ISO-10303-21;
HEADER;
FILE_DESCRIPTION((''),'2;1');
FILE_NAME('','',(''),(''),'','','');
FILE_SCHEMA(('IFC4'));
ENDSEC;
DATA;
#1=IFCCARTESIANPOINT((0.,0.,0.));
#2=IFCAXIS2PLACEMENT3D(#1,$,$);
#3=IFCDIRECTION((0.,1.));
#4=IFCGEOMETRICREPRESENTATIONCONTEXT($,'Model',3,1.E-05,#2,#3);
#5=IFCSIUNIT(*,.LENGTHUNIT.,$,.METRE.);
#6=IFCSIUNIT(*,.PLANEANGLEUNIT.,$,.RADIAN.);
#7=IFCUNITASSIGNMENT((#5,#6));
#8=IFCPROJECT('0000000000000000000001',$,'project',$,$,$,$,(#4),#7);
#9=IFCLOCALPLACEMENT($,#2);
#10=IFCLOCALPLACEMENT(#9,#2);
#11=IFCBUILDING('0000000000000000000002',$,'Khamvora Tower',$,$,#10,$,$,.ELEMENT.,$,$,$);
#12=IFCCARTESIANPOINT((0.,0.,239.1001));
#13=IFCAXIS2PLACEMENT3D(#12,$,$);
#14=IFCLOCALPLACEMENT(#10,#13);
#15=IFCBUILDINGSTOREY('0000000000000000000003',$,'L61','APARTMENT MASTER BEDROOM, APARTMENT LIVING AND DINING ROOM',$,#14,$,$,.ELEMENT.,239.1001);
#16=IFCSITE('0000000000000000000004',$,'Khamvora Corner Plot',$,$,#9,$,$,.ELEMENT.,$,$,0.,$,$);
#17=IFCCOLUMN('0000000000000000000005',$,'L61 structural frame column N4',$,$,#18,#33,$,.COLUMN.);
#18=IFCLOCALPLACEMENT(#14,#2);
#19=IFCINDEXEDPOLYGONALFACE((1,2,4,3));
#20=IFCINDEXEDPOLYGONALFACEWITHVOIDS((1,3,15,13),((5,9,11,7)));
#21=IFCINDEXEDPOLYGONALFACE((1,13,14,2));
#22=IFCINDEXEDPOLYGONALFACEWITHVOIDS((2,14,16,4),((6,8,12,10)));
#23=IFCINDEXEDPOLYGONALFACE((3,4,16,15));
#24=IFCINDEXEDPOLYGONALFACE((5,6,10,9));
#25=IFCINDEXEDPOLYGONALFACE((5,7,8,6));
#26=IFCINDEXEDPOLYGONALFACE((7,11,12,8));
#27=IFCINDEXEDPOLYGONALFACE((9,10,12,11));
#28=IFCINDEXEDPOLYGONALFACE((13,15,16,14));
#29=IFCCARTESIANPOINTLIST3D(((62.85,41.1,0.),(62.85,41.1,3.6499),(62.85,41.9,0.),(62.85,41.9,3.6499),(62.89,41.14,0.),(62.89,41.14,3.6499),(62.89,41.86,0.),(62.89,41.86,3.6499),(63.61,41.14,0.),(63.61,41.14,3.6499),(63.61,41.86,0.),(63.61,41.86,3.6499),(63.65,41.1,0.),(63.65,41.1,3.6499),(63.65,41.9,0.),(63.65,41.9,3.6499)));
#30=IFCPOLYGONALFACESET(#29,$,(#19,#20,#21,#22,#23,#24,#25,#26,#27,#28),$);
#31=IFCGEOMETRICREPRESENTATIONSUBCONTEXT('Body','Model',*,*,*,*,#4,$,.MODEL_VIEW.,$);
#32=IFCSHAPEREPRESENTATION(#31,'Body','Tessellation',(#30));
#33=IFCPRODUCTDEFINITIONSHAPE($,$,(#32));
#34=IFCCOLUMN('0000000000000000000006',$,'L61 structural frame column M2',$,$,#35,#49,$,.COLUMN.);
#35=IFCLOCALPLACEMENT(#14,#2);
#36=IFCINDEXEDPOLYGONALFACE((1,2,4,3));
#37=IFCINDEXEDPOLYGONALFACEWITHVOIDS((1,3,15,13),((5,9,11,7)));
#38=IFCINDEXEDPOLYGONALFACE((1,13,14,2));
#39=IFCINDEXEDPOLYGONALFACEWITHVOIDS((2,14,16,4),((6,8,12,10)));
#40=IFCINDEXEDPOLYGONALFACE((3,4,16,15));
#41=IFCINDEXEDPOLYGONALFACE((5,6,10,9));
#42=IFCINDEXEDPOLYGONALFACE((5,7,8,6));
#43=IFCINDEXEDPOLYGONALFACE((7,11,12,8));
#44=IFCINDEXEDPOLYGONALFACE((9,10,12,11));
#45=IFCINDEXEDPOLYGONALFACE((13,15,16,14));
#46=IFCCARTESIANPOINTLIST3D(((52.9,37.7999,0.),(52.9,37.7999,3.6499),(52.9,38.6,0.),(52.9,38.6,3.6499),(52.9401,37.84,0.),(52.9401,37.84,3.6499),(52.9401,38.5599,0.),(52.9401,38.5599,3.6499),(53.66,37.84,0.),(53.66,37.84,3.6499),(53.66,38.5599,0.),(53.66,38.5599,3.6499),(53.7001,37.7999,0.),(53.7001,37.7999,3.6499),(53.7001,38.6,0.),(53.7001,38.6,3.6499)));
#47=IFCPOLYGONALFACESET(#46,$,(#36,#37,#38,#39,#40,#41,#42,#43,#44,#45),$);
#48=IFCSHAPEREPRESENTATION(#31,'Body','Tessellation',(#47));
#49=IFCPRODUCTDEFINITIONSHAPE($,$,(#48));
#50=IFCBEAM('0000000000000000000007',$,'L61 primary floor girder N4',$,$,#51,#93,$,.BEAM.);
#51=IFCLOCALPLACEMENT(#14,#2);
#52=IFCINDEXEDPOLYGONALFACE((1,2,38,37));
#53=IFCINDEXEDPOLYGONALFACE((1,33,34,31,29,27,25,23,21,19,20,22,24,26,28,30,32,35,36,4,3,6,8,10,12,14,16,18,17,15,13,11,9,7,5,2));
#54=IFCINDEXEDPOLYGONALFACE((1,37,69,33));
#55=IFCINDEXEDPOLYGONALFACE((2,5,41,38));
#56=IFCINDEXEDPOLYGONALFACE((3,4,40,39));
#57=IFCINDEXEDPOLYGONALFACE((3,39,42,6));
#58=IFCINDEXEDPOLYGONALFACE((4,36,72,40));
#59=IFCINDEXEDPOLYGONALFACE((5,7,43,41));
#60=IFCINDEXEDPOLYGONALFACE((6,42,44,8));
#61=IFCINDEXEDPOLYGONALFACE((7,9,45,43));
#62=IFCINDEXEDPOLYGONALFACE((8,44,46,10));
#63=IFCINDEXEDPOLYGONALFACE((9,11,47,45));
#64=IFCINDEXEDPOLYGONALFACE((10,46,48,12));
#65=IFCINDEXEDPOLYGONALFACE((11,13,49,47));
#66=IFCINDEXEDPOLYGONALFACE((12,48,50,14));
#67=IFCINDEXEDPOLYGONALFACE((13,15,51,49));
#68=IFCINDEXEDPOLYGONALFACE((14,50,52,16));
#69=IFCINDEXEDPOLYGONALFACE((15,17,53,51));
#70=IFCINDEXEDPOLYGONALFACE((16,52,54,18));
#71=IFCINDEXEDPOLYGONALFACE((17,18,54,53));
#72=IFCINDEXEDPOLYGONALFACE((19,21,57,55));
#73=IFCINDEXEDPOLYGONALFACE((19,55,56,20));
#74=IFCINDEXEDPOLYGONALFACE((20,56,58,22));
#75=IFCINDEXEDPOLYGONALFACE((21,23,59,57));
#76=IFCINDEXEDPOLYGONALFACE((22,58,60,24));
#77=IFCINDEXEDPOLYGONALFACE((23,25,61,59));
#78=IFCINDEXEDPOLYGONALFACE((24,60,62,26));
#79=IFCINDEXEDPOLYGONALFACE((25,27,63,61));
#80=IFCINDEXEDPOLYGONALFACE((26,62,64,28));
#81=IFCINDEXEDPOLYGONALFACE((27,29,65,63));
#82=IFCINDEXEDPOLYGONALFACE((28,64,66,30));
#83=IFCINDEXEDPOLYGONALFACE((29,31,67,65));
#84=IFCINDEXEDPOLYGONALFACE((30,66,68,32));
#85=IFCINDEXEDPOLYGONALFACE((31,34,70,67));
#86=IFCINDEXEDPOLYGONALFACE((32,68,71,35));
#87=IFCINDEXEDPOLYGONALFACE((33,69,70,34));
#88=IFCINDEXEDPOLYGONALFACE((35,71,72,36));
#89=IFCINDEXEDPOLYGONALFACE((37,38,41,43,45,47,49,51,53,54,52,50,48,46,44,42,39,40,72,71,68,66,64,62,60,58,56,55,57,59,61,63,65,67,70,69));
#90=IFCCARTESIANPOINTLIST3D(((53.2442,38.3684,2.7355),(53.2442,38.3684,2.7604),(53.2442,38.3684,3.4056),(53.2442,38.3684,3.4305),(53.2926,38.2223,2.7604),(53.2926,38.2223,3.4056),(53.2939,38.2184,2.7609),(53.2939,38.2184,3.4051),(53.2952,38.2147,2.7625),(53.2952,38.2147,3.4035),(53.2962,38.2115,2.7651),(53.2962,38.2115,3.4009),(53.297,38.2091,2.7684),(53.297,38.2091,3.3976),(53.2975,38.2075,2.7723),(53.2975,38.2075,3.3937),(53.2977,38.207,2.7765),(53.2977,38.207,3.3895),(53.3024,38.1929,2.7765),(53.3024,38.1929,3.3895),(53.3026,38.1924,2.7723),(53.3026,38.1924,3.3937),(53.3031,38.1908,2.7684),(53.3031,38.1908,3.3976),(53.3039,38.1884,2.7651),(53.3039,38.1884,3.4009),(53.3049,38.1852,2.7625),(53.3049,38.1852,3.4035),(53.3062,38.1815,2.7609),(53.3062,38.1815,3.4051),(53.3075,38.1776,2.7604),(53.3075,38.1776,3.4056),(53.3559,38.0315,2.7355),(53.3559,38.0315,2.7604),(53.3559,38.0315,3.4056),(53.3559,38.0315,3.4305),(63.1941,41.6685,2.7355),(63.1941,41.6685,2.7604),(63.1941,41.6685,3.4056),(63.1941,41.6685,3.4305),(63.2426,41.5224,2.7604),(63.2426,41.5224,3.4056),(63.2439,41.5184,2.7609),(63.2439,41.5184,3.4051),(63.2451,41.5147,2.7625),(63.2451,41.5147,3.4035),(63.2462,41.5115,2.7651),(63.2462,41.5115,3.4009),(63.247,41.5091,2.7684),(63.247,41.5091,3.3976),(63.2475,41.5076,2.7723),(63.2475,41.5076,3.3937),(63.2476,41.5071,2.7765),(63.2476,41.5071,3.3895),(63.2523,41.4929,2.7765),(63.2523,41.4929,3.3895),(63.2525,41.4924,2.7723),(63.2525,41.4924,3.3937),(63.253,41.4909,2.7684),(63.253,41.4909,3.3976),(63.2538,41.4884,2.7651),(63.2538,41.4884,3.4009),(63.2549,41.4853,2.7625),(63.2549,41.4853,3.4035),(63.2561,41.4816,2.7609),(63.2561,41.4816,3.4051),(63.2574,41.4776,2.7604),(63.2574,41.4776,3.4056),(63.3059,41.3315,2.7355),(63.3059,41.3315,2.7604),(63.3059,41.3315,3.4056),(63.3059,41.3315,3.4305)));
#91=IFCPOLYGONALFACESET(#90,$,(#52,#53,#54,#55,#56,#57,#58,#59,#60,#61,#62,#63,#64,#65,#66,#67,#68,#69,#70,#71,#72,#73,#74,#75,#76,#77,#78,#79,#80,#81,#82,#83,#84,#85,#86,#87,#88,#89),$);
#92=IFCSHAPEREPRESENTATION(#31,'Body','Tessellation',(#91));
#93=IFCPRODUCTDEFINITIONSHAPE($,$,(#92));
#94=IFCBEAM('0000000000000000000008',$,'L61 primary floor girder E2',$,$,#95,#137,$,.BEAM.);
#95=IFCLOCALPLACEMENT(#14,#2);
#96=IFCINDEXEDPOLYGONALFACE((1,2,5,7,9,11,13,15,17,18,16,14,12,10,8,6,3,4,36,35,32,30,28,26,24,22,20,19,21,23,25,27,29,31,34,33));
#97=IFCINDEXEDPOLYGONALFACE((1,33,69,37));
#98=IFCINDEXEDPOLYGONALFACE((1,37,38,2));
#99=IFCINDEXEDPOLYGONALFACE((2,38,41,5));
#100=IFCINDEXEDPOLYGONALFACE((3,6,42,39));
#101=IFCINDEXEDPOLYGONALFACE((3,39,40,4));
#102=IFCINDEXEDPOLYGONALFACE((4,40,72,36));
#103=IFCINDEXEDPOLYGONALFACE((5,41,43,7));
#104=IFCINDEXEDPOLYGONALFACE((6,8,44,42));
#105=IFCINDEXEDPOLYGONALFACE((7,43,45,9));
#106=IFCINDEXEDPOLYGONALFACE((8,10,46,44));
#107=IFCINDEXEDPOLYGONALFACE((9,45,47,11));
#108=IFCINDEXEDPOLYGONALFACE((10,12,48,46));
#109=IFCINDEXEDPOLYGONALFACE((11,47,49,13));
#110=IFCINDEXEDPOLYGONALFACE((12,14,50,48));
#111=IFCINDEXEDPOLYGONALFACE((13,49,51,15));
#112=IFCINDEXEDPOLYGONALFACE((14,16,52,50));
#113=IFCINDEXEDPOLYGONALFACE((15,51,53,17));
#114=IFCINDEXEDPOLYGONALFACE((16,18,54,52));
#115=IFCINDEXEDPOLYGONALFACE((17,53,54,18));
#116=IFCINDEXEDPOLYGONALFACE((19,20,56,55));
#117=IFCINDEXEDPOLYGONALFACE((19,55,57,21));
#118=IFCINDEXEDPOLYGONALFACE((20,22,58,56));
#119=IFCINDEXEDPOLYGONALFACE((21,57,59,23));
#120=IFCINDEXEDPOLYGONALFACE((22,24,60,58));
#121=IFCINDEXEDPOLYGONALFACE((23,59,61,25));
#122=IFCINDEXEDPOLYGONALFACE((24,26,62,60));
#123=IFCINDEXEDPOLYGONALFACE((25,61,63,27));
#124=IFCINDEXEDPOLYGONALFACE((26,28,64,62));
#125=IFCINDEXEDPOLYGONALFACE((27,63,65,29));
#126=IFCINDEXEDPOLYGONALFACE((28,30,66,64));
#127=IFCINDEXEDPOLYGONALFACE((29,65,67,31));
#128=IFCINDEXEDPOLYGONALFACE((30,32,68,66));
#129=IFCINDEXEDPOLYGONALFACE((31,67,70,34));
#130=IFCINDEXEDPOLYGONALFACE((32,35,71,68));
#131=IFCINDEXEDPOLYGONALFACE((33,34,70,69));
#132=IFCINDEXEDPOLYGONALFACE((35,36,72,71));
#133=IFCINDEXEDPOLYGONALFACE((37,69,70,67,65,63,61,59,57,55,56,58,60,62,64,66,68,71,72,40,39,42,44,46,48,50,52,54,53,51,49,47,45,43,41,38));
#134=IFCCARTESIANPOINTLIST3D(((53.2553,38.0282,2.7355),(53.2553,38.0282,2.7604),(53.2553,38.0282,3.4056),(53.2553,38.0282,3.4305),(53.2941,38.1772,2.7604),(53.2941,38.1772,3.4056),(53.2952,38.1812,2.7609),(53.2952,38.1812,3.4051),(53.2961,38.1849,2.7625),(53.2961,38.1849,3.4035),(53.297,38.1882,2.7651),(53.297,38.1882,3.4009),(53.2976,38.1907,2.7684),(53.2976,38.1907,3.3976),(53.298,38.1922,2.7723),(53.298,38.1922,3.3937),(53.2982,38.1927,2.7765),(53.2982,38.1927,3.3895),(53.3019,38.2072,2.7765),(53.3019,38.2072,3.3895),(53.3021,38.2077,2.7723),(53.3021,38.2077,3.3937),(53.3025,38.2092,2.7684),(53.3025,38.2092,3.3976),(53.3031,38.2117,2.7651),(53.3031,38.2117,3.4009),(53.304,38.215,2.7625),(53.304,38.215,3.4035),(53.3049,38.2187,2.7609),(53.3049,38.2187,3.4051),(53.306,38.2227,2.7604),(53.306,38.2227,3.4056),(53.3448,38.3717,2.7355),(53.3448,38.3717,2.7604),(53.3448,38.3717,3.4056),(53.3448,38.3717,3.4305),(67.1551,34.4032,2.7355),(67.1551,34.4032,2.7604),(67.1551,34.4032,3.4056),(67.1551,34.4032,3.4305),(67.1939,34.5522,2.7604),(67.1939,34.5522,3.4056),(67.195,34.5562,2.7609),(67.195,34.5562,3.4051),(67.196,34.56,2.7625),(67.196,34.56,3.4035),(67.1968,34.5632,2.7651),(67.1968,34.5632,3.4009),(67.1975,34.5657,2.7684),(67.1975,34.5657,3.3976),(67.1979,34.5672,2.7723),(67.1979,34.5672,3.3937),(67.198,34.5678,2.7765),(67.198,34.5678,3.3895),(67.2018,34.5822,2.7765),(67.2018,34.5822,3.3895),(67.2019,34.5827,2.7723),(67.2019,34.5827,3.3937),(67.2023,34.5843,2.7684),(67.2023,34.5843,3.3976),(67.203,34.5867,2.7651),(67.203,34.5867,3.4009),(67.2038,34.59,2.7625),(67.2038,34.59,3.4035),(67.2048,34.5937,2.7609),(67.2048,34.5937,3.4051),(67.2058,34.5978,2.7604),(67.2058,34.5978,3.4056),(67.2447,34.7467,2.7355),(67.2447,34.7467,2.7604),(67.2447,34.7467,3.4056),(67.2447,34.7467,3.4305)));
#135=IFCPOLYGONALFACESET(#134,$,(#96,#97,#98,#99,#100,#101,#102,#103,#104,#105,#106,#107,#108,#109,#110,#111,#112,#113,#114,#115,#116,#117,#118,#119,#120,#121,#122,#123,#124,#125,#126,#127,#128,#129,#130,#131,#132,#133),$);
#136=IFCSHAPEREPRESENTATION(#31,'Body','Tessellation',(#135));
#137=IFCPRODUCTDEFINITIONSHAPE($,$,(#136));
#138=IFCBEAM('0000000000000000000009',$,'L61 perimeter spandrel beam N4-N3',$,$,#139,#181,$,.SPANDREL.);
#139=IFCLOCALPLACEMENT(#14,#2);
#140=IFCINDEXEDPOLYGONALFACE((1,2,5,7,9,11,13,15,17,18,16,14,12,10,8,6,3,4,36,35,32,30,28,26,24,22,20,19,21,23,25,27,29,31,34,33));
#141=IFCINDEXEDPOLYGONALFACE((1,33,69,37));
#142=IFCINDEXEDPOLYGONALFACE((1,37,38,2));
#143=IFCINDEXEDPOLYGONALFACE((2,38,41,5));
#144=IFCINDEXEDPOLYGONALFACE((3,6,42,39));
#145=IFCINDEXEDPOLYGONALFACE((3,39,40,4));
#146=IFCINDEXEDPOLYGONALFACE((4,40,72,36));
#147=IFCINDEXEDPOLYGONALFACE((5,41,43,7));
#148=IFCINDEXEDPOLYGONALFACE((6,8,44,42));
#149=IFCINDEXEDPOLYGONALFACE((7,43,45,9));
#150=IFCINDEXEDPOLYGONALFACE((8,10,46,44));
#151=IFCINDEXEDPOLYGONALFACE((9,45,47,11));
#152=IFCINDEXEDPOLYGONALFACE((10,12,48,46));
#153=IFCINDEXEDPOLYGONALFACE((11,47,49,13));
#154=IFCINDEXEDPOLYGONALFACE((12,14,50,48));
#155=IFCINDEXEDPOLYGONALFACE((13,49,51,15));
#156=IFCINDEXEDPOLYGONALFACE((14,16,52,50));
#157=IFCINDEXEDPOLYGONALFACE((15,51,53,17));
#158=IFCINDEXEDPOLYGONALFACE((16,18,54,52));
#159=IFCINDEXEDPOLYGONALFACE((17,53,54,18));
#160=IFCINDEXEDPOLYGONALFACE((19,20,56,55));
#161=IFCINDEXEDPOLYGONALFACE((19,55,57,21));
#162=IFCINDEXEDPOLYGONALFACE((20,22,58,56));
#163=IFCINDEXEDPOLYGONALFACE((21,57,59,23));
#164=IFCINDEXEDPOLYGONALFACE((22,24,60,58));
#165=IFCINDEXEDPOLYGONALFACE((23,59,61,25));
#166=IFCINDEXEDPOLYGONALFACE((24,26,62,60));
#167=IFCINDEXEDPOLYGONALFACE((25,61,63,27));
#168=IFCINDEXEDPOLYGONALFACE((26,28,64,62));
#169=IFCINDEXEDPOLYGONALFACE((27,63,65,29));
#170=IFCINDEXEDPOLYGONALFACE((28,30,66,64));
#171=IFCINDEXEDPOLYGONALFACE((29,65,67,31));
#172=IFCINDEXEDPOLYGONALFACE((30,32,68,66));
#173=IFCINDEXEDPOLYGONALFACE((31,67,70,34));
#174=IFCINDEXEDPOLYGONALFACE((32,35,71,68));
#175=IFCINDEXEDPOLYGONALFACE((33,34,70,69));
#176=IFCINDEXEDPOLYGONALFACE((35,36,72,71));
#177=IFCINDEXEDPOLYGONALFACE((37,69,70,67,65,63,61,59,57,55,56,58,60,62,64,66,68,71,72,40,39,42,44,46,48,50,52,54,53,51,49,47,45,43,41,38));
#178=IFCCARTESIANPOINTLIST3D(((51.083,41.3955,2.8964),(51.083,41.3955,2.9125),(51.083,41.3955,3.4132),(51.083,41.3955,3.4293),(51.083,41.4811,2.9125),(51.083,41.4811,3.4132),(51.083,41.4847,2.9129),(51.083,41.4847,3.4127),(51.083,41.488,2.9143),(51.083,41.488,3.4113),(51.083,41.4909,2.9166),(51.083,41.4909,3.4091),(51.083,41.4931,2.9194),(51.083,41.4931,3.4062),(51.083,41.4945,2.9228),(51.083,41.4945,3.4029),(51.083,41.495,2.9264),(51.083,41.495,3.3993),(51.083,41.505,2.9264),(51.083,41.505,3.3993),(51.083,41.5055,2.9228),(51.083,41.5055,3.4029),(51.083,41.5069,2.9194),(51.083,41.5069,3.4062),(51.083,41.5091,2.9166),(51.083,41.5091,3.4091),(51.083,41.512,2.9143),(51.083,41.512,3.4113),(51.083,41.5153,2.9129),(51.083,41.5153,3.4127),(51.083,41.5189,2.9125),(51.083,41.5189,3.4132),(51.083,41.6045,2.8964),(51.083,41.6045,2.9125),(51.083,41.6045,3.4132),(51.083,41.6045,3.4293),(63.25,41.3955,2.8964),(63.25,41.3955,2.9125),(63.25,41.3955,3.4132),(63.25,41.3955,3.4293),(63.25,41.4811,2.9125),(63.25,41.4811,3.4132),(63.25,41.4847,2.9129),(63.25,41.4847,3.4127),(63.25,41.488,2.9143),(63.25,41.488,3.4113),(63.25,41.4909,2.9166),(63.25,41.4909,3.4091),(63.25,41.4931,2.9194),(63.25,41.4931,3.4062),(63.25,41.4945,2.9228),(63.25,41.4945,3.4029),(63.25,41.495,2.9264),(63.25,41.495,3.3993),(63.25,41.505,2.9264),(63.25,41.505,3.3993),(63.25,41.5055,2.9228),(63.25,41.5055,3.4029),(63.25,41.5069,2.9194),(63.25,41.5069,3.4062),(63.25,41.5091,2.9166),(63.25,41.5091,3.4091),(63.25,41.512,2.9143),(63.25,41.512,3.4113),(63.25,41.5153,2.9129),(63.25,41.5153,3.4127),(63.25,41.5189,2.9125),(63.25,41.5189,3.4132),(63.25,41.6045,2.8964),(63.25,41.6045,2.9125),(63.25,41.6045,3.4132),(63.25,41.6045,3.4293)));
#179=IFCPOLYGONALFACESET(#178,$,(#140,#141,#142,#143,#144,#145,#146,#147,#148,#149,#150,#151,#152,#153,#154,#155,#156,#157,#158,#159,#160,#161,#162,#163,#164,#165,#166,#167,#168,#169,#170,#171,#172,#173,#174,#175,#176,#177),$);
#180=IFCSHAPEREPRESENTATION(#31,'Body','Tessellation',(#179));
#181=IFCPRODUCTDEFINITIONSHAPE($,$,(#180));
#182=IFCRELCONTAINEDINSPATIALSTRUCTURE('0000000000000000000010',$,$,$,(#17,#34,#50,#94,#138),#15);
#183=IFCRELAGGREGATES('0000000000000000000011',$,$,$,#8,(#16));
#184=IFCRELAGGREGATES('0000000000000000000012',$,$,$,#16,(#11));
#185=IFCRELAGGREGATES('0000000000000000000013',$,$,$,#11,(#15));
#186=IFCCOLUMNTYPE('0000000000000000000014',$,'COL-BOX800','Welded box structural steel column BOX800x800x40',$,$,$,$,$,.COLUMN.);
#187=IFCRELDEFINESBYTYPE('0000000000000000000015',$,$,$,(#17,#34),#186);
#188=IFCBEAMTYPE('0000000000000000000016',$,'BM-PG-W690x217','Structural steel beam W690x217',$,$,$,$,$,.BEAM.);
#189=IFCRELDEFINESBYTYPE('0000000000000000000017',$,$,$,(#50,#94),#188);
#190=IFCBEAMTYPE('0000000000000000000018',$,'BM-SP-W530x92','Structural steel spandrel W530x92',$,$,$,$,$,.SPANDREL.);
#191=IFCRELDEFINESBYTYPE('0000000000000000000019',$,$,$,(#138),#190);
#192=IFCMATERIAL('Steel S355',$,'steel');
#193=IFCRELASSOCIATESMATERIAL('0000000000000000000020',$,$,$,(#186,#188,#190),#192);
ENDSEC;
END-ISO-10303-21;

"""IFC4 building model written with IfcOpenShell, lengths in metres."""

from ifc_helpers import new_model, si_unit, direction, frame, origin, origin_2d, place, context, subcontext, project, spatial, hollow_rectangle, i_section, extrude, material, material_profile, profile_set, type_object, element, save


model = new_model("IFC4")

# Units and contexts
model_context = context("Model", 3, precision=1e-05, world=origin(), true_north=direction((0.0, 1.0)))
body_context = subcontext(model_context, "Body", "Model", "MODEL_VIEW")
ifc_project = project(units=[si_unit("LENGTHUNIT", "METRE"), si_unit("PLANEANGLEUNIT", "RADIAN")], contexts=[model_context])

# Site, building, storey
site_placement = place(None, origin())
site = spatial("IfcSite", under=ifc_project, at=site_placement, Name="Khamvora Corner Plot", CompositionType="ELEMENT", RefElevation=0.0)
building_placement = place(site_placement, origin())
building = spatial("IfcBuilding", under=site, at=building_placement, Name="Khamvora Tower", CompositionType="ELEMENT")
storey_placement = place(building_placement, frame((0.0, 0.0, 239.1001)))
storey = spatial("IfcBuildingStorey", under=building, at=storey_placement, Name="L61", Description="APARTMENT MASTER BEDROOM, APARTMENT LIVING AND DINING ROOM", CompositionType="ELEMENT", Elevation=239.1001)

# Columns
ifc_material_1 = material(Name="Steel S355", Category="steel")
ifc_material_profile_1 = material_profile(ifc_material_1, hollow_rectangle(XDim=0.8, YDim=0.8, WallThickness=0.04, at=origin_2d()), Name="BOX800x800x40")
ifc_profile_set_1 = profile_set([ifc_material_profile_1], Name="Steel S355")
column_type = type_object("IfcColumnType", Name="COL-BOX800", Description="Welded box structural steel column BOX800x800x40", PredefinedType="COLUMN", material=ifc_profile_set_1)
for number, where, z_axis, x_axis, name in (
    (1, (63.25, 41.5, 0.0), (0.0, 0.0, 1.0), (1.0, 0.0, 0.0), "L61 structural frame column N4"),
    (2, (53.3, 38.2, 0.0), (0.0, 0.0, 1.0), (1.0, 0.0, 0.0), "L61 structural frame column M2"),
):
    element("IfcColumn", number, at=place(storey_placement, frame(where, z_axis=z_axis, x_axis=x_axis)), inside=storey, type_object=column_type, Name=name, PredefinedType="COLUMN", context=body_context, shape_type="SweptSolid", body=[
        extrude(hollow_rectangle(XDim=0.8, YDim=0.8, WallThickness=0.04, at=origin_2d()), origin(), (0.0, 0.0, 1.0), 3.6499),
    ])

# Beams
ifc_material_profile_2 = material_profile(ifc_material_1, i_section(OverallWidth=0.355, OverallDepth=0.6951, WebThickness=0.0149, FlangeThickness=0.0249, FilletRadius=0.0161, at=origin_2d()), Name="W690x217")
ifc_profile_set_2 = profile_set([ifc_material_profile_2], Name="Steel S355")
beam_type_1 = type_object("IfcBeamType", Name="BM-PG-W690x217", Description="Structural steel beam W690x217", PredefinedType="BEAM", material=ifc_profile_set_2)
beam_1_placement = place(storey_placement, frame((53.3, 38.2, 3.083), z_axis=(0.949157, 0.314802, 0.0), x_axis=(-0.314802, 0.949157, 0.0)))
element("IfcBeam", 3, at=beam_1_placement, inside=storey, type_object=beam_type_1, Name="L61 primary floor girder N4", PredefinedType="BEAM", context=body_context, shape_type="SweptSolid", body=[
    extrude(i_section(OverallWidth=0.355, OverallDepth=0.6951, WebThickness=0.0149, FlangeThickness=0.0249, FilletRadius=0.0161, at=origin_2d()), origin(), (0.0, 0.0, 1.0), 10.4829),
])
beam_2_placement = place(storey_placement, frame((53.3, 38.2, 3.083), z_axis=(0.967635, -0.252353, 0.0), x_axis=(0.252353, 0.967635, 0.0)))
element("IfcBeam", 4, at=beam_2_placement, inside=storey, type_object=beam_type_1, Name="L61 primary floor girder E2", PredefinedType="BEAM", context=body_context, shape_type="SweptSolid", body=[
    extrude(i_section(OverallWidth=0.355, OverallDepth=0.6951, WebThickness=0.0149, FlangeThickness=0.0249, FilletRadius=0.0161, at=origin_2d()), origin(), (0.0, 0.0, 1.0), 14.3647),
])
ifc_material_profile_3 = material_profile(ifc_material_1, i_section(OverallWidth=0.209, OverallDepth=0.533, WebThickness=0.01, FlangeThickness=0.0161, FilletRadius=0.0139, at=origin_2d()), Name="W530x92")
ifc_profile_set_3 = profile_set([ifc_material_profile_3], Name="Steel S355")
beam_type_2 = type_object("IfcBeamType", Name="BM-SP-W530x92", Description="Structural steel spandrel W530x92", PredefinedType="SPANDREL", material=ifc_profile_set_3)
beam_3_placement = place(storey_placement, frame((63.25, 41.5, 3.1628), z_axis=(-1.0, 0.0, 0.0), x_axis=(0.0, -1.0, 0.0)))
element("IfcBeam", 5, at=beam_3_placement, inside=storey, type_object=beam_type_2, Name="L61 perimeter spandrel beam N4-N3", PredefinedType="SPANDREL", context=body_context, shape_type="SweptSolid", body=[
    extrude(i_section(OverallWidth=0.209, OverallDepth=0.533, WebThickness=0.01, FlangeThickness=0.0161, FilletRadius=0.0139, at=origin_2d()), origin(), (0.0, 0.0, 1.0), 12.167),
])

save(model, "model.ifc")
